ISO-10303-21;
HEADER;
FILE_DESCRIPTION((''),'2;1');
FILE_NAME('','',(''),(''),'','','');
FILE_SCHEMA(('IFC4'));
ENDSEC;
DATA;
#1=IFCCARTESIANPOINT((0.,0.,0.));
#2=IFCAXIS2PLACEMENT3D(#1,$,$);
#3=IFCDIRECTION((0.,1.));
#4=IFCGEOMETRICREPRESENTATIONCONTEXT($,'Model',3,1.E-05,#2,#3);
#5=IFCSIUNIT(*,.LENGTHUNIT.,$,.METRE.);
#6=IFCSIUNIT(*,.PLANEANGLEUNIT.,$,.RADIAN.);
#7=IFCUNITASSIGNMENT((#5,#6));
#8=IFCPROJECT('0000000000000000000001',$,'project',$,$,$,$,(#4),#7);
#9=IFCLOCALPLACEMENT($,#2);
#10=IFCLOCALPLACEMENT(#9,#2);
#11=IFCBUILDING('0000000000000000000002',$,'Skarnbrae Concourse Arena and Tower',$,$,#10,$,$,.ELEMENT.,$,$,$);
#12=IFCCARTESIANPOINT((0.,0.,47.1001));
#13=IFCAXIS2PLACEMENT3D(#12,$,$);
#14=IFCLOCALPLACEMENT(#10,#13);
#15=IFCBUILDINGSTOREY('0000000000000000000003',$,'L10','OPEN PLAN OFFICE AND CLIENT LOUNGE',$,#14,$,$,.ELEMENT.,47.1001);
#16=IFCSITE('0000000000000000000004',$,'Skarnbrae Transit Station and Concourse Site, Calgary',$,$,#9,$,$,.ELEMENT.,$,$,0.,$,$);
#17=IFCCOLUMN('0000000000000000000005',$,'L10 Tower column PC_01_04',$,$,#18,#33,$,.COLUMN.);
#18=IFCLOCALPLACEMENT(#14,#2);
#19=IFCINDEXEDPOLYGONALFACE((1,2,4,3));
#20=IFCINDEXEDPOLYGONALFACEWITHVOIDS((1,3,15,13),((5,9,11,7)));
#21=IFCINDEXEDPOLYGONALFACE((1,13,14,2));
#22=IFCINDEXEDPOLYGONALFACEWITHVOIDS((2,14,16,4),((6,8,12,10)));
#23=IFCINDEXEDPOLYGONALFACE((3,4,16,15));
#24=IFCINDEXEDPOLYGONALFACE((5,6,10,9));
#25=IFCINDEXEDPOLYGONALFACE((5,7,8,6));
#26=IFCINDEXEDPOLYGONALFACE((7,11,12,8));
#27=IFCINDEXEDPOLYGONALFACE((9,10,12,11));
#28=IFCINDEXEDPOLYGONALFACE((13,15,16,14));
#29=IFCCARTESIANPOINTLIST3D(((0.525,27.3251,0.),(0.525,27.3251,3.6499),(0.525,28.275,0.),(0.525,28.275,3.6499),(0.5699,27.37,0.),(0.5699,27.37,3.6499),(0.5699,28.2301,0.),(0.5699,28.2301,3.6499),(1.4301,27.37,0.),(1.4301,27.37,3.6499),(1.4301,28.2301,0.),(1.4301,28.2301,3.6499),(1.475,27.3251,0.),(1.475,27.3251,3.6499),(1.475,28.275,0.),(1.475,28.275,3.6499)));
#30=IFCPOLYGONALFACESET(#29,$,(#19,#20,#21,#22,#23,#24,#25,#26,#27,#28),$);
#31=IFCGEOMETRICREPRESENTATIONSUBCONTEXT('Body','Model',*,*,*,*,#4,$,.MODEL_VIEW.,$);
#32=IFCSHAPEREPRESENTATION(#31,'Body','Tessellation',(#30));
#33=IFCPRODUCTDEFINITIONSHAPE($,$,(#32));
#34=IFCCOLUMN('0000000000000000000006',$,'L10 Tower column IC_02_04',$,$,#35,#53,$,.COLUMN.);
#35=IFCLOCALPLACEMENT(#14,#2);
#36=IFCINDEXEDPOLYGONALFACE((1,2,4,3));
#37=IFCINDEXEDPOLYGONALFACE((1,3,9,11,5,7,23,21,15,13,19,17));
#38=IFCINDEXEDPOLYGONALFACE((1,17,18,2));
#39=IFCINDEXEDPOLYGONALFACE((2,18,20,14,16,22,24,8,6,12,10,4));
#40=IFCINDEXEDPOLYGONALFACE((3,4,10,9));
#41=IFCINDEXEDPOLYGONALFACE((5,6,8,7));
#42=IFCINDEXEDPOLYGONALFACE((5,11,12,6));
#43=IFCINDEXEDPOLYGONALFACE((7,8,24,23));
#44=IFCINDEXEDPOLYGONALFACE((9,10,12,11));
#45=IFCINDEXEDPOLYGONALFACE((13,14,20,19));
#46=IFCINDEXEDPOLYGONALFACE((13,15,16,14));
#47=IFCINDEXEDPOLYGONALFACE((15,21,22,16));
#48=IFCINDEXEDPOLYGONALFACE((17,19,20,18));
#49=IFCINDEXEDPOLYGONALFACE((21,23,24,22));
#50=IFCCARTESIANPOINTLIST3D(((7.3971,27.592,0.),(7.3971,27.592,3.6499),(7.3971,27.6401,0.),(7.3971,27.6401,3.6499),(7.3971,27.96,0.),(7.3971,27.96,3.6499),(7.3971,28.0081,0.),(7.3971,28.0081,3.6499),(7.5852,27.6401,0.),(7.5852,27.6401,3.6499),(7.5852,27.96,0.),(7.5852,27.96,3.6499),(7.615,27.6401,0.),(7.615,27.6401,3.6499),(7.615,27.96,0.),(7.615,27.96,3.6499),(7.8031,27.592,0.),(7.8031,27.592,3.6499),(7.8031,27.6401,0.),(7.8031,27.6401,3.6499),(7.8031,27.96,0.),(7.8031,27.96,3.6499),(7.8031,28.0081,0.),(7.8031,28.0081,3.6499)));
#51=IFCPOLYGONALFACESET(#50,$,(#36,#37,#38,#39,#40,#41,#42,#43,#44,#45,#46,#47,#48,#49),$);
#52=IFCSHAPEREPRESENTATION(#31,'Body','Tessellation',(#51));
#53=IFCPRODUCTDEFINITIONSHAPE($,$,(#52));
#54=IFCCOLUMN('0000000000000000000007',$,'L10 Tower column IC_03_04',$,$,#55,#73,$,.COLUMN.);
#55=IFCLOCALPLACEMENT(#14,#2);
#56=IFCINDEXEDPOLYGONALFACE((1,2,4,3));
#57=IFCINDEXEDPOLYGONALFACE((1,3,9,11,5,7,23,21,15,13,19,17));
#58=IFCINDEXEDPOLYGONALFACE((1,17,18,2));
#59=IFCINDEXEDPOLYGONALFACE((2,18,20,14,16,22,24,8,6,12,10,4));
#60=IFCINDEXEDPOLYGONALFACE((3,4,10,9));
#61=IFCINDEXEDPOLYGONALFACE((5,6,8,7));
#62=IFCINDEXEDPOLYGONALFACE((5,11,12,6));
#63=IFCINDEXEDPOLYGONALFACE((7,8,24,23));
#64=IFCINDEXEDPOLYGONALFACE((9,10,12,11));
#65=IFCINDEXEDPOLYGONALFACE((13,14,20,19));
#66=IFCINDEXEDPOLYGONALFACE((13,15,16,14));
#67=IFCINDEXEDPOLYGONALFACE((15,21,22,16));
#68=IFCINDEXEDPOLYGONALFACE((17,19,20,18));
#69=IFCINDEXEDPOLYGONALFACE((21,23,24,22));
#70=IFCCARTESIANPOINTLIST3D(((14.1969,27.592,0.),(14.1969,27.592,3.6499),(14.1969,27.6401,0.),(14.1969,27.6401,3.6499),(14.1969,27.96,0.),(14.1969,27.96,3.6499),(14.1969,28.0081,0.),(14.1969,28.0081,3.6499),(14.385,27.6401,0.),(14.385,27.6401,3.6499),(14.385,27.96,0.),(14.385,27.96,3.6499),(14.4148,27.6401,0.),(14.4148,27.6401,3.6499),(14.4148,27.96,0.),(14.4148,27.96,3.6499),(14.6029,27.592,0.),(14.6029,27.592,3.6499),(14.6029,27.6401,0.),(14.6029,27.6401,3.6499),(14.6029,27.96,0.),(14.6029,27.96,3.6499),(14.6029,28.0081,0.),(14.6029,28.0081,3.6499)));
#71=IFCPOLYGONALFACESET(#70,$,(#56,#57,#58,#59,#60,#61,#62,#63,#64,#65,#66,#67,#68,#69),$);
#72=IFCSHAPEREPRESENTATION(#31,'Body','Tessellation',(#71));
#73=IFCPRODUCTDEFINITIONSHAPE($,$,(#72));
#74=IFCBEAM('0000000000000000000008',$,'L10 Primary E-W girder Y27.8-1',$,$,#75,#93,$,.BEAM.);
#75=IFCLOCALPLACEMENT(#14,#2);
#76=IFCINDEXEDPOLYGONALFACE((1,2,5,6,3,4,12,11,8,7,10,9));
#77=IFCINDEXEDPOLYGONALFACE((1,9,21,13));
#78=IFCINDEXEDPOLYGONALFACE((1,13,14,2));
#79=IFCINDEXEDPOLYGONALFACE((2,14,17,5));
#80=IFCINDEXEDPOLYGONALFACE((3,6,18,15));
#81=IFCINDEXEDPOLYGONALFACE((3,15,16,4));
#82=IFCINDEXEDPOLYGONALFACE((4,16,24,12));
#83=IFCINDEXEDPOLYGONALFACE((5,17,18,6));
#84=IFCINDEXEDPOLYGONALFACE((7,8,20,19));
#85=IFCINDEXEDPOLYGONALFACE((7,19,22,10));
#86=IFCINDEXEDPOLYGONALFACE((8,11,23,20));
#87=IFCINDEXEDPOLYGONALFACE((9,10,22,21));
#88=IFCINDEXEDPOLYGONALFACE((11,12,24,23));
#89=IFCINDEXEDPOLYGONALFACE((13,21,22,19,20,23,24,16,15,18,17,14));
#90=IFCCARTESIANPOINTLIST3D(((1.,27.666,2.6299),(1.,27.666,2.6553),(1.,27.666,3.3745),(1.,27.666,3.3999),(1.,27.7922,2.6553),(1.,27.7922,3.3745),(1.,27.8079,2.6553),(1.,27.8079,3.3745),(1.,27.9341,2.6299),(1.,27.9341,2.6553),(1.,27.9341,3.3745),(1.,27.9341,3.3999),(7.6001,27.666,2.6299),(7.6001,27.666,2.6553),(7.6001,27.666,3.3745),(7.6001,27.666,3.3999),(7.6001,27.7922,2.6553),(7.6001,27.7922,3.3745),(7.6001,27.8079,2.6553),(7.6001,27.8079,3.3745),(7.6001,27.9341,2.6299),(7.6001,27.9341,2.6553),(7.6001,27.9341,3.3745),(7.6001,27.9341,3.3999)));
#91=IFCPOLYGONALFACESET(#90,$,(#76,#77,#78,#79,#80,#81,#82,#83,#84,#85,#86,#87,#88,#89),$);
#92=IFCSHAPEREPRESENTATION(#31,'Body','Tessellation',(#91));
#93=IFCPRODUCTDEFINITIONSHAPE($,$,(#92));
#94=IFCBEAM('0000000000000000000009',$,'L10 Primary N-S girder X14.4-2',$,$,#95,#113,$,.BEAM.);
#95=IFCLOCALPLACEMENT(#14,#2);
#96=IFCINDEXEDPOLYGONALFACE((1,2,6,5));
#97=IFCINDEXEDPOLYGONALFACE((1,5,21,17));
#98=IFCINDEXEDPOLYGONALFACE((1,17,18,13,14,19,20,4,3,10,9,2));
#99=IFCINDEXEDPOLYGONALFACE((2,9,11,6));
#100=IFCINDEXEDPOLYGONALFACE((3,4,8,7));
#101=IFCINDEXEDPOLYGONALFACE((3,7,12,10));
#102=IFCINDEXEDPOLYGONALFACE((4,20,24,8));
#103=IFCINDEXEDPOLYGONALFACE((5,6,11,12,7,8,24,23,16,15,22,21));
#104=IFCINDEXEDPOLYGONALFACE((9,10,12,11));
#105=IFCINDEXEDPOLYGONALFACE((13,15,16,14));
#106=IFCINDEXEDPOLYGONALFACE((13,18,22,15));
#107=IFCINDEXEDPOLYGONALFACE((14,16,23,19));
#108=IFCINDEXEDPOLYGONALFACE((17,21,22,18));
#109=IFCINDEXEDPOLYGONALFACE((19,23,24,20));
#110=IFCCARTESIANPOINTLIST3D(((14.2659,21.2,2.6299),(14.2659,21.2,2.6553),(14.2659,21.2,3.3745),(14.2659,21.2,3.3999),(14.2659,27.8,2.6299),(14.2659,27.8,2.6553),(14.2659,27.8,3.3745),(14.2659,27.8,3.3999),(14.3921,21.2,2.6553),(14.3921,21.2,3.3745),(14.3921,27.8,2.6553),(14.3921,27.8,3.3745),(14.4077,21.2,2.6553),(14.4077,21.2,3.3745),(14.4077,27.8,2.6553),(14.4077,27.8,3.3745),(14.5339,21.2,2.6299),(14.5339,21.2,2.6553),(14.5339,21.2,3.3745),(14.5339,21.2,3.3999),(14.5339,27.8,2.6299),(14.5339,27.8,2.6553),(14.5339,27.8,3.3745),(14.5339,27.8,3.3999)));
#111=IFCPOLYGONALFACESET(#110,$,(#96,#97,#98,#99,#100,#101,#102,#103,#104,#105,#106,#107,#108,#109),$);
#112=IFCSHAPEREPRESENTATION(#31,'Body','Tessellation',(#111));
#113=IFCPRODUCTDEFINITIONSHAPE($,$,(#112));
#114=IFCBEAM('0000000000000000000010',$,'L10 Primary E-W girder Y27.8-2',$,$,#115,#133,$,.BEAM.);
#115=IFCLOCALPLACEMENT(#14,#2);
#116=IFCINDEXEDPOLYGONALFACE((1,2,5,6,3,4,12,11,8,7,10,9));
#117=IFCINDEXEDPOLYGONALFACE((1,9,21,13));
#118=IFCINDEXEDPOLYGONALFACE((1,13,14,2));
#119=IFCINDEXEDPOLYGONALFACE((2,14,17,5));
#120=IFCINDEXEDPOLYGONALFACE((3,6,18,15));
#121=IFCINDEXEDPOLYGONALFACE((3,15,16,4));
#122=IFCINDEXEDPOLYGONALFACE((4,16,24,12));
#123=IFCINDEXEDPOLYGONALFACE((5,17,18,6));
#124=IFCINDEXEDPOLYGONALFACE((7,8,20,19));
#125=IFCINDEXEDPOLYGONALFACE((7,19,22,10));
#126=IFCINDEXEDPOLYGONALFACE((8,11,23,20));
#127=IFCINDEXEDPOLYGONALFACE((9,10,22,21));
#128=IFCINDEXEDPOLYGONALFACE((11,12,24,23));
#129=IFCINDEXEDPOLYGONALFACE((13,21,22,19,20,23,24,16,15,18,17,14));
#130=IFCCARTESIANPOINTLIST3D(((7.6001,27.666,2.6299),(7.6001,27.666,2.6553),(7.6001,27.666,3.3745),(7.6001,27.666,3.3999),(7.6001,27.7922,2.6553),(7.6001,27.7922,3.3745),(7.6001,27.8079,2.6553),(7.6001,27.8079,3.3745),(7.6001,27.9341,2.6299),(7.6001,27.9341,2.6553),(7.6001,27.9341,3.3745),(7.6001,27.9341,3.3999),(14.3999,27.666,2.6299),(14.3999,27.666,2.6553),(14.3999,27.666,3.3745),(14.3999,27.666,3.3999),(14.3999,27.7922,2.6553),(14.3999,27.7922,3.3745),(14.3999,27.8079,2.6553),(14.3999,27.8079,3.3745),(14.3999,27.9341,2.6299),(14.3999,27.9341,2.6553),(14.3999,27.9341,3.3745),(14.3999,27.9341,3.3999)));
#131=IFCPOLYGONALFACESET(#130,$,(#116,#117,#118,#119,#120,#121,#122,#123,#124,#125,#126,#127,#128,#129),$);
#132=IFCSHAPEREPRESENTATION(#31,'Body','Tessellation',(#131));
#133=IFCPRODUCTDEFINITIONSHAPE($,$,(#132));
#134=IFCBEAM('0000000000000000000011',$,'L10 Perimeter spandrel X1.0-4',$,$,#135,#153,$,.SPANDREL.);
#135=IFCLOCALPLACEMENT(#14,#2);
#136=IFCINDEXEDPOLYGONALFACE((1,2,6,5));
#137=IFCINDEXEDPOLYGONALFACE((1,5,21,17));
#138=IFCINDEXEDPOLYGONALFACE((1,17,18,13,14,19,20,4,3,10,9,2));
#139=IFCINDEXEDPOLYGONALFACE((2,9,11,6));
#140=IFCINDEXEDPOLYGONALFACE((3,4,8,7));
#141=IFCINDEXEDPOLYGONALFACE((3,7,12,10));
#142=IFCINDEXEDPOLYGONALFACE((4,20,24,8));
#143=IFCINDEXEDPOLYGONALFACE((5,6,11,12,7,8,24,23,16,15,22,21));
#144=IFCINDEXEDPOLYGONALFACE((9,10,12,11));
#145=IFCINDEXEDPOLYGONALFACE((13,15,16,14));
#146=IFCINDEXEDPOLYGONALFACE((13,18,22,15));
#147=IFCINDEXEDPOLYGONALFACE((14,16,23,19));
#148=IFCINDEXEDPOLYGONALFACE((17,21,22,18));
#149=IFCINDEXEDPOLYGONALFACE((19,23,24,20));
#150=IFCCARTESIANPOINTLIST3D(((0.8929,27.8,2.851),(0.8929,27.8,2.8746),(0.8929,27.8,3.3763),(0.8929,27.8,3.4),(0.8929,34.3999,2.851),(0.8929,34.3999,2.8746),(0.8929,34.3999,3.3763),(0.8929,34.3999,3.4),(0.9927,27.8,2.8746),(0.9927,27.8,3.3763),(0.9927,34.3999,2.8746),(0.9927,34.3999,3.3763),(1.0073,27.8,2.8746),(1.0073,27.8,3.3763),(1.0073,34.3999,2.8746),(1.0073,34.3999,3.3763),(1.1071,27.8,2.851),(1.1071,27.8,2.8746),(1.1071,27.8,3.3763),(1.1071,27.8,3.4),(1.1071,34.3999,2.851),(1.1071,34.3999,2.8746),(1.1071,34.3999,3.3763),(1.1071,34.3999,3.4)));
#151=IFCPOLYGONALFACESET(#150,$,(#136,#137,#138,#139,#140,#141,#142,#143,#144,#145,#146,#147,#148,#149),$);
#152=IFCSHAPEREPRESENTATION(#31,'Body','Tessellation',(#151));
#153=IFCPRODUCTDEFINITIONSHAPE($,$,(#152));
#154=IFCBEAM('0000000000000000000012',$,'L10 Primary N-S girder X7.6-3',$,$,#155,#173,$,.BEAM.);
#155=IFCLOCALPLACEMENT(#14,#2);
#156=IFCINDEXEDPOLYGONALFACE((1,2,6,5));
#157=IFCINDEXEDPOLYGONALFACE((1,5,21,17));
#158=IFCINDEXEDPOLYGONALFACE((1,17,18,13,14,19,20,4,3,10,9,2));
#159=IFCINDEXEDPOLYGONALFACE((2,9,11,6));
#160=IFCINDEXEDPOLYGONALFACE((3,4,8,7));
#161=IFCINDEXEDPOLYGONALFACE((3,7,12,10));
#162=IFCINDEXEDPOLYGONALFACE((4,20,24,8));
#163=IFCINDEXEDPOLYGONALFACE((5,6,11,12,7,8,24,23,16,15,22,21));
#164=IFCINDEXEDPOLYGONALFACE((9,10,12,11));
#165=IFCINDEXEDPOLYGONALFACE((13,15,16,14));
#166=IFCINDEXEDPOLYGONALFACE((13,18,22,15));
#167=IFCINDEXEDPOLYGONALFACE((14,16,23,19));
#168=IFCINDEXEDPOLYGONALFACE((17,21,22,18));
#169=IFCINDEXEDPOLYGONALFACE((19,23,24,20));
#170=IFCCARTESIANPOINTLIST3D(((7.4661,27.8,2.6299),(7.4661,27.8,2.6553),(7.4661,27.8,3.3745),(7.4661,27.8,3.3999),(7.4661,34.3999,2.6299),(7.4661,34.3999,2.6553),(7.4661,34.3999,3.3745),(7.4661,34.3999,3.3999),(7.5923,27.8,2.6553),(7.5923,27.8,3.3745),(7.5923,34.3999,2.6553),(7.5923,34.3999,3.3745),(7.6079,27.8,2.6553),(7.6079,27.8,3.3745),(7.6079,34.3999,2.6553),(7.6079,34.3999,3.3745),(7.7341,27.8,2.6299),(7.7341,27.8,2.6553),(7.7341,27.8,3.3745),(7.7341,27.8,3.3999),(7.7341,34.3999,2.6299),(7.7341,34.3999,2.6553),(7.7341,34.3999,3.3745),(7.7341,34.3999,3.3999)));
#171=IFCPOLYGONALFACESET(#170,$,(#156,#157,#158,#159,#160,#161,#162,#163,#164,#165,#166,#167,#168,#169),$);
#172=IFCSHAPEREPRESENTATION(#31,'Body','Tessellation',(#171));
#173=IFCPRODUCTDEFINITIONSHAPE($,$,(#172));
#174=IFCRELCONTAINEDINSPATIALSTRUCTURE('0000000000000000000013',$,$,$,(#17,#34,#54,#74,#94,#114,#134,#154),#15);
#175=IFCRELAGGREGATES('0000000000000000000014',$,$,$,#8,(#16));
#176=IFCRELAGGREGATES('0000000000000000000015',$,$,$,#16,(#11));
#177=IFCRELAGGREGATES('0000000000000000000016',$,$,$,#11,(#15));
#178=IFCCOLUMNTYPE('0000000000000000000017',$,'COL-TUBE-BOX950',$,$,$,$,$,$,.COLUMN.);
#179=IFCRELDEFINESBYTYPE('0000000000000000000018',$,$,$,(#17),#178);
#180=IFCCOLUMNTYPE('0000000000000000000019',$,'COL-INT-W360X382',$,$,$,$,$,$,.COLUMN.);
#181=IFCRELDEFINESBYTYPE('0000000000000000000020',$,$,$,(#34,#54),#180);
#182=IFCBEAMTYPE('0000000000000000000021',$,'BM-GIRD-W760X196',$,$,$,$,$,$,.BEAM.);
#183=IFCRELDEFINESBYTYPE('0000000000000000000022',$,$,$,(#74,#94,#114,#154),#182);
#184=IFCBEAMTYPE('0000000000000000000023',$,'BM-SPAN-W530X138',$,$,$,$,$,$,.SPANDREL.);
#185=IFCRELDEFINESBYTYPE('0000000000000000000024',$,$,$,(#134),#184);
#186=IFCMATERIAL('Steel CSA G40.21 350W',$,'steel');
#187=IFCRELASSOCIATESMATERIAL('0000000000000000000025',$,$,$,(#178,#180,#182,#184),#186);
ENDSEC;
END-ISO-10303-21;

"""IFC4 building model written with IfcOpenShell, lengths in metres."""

from ifc_helpers import new_model, si_unit, direction, frame, origin, origin_2d, place, context, subcontext, project, spatial, hollow_rectangle, i_section, extrude, source, transform, mapped, material, material_profile, profile_set, type_object, element, save


model = new_model("IFC4")

# Units and contexts
model_context = context("Model", 3, precision=1e-05, world=origin(), true_north=direction((0.0, 1.0)))
body_context = subcontext(model_context, "Body", "Model", "MODEL_VIEW")
ifc_project = project(units=[si_unit("LENGTHUNIT", "METRE"), si_unit("PLANEANGLEUNIT", "RADIAN")], contexts=[model_context])

# Site, building, storey
site_placement = place(None, origin())
site = spatial("IfcSite", under=ifc_project, at=site_placement, Name="Skarnbrae Transit Station and Concourse Site, Calgary", CompositionType="ELEMENT", RefElevation=0.0)
building_placement = place(site_placement, origin())
building = spatial("IfcBuilding", under=site, at=building_placement, Name="Skarnbrae Concourse Arena and Tower", CompositionType="ELEMENT")
storey_placement = place(building_placement, frame((0.0, 0.0, 47.1001)))
storey = spatial("IfcBuildingStorey", under=building, at=storey_placement, Name="L10", Description="OPEN PLAN OFFICE AND CLIENT LOUNGE", CompositionType="ELEMENT", Elevation=47.1001)

# Columns
ifc_material_1 = material(Name="Steel CSA G40.21 350W", Category="steel")
ifc_material_profile_1 = material_profile(ifc_material_1, hollow_rectangle(XDim=0.95, YDim=0.95, WallThickness=0.0449, at=origin_2d()), Name="BOX950X950X45")
ifc_profile_set_1 = profile_set([ifc_material_profile_1], Name="Steel CSA G40.21 350W")
column_type_1 = type_object("IfcColumnType", Name="COL-TUBE-BOX950", PredefinedType="COLUMN", material=ifc_profile_set_1)
shared_shape_1 = source(origin(), body_context, "Body", "SweptSolid", [
    extrude(hollow_rectangle(XDim=0.95, YDim=0.95, WallThickness=0.0449, at=origin_2d()), origin(), (0.0, 0.0, 1.0), 3.6499),
])
column_placement = place(storey_placement, frame((1.0, 27.8, 0.0), z_axis=(0.0, 0.0, 1.0), x_axis=(1.0, 0.0, 0.0)))
element("IfcColumn", 1, at=column_placement, inside=storey, type_object=column_type_1, Name="L10 Tower column PC_01_04", PredefinedType="COLUMN", context=body_context, shape_type="MappedRepresentation", body=[
    mapped(shared_shape_1, transform((0.0, 0.0, 0.0))),
])
ifc_material_profile_2 = material_profile(ifc_material_1, i_section(OverallWidth=0.406, OverallDepth=0.416, WebThickness=0.0298, FlangeThickness=0.0481, at=origin_2d()), Name="W360X382")
ifc_profile_set_2 = profile_set([ifc_material_profile_2], Name="Steel CSA G40.21 350W")
column_type_2 = type_object("IfcColumnType", Name="COL-INT-W360X382", PredefinedType="COLUMN", material=ifc_profile_set_2)
shared_shape_2 = source(origin(), body_context, "Body", "SweptSolid", [
    extrude(i_section(OverallWidth=0.406, OverallDepth=0.416, WebThickness=0.0298, FlangeThickness=0.0481, at=origin_2d()), origin(), (0.0, 0.0, 1.0), 3.6499),
])
for number, where, z_axis, x_axis, name in (
    (2, (7.6001, 27.8, 0.0), (0.0, 0.0, 1.0), (1.0, 0.0, 0.0), "L10 Tower column IC_02_04"),
    (3, (14.3999, 27.8, 0.0), (0.0, 0.0, 1.0), (1.0, 0.0, 0.0), "L10 Tower column IC_03_04"),
):
    element("IfcColumn", number, at=place(storey_placement, frame(where, z_axis=z_axis, x_axis=x_axis)), inside=storey, type_object=column_type_2, Name=name, PredefinedType="COLUMN", context=body_context, shape_type="MappedRepresentation", body=[
        mapped(shared_shape_2, transform((0.0, 0.0, 0.0))),
    ])

# Beams
ifc_material_profile_3 = material_profile(ifc_material_1, i_section(OverallWidth=0.2681, OverallDepth=0.77, WebThickness=0.0156, FlangeThickness=0.0254, at=origin_2d()), Name="W760X196")
ifc_profile_set_3 = profile_set([ifc_material_profile_3], Name="Steel CSA G40.21 350W")
beam_type_1 = type_object("IfcBeamType", Name="BM-GIRD-W760X196", PredefinedType="BEAM", material=ifc_profile_set_3)
shared_shape_3 = source(origin(), body_context, "Body", "SweptSolid", [
    extrude(i_section(OverallWidth=0.2681, OverallDepth=0.77, WebThickness=0.0156, FlangeThickness=0.0254, at=origin_2d()), origin(), (0.0, 0.0, 1.0), 6.6001),
])
for number, where, z_axis, x_axis, name in (
    (4, (1.0, 27.8, 3.0149), (1.0, 0.0, 0.0), (0.0, 1.0, 0.0), "L10 Primary E-W girder Y27.8-1"),
    (5, (14.3999, 21.2, 3.0149), (0.0, 1.0, 0.0), (-1.0, 0.0, 0.0), "L10 Primary N-S girder X14.4-2"),
):
    element("IfcBeam", number, at=place(storey_placement, frame(where, z_axis=z_axis, x_axis=x_axis)), inside=storey, type_object=beam_type_1, Name=name, PredefinedType="BEAM", context=body_context, shape_type="MappedRepresentation", body=[
        mapped(shared_shape_3, transform((0.0, 0.0, 0.0))),
    ])
shared_shape_4 = source(origin(), body_context, "Body", "SweptSolid", [
    extrude(i_section(OverallWidth=0.2681, OverallDepth=0.77, WebThickness=0.0156, FlangeThickness=0.0254, at=origin_2d()), origin(), (0.0, 0.0, 1.0), 6.7998),
])
beam_1_placement = place(storey_placement, frame((7.6001, 27.8, 3.0149), z_axis=(1.0, 0.0, 0.0), x_axis=(0.0, 1.0, 0.0)))
element("IfcBeam", 6, at=beam_1_placement, inside=storey, type_object=beam_type_1, Name="L10 Primary E-W girder Y27.8-2", PredefinedType="BEAM", context=body_context, shape_type="MappedRepresentation", body=[
    mapped(shared_shape_4, transform((0.0, 0.0, 0.0))),
])
ifc_material_profile_4 = material_profile(ifc_material_1, i_section(OverallWidth=0.2141, OverallDepth=0.5491, WebThickness=0.0146, FlangeThickness=0.0237, at=origin_2d()), Name="W530X138")
ifc_profile_set_4 = profile_set([ifc_material_profile_4], Name="Steel CSA G40.21 350W")
beam_type_2 = type_object("IfcBeamType", Name="BM-SPAN-W530X138", PredefinedType="SPANDREL", material=ifc_profile_set_4)
shared_shape_5 = source(origin(), body_context, "Body", "SweptSolid", [
    extrude(i_section(OverallWidth=0.2141, OverallDepth=0.5491, WebThickness=0.0146, FlangeThickness=0.0237, at=origin_2d()), origin(), (0.0, 0.0, 1.0), 6.5999),
])
beam_2_placement = place(storey_placement, frame((1.0, 27.8, 3.1255), z_axis=(0.0, 1.0, 0.0), x_axis=(-1.0, 0.0, 0.0)))
element("IfcBeam", 7, at=beam_2_placement, inside=storey, type_object=beam_type_2, Name="L10 Perimeter spandrel X1.0-4", PredefinedType="SPANDREL", context=body_context, shape_type="MappedRepresentation", body=[
    mapped(shared_shape_5, transform((0.0, 0.0, 0.0))),
])
shared_shape_6 = source(origin(), body_context, "Body", "SweptSolid", [
    extrude(i_section(OverallWidth=0.2681, OverallDepth=0.77, WebThickness=0.0156, FlangeThickness=0.0254, at=origin_2d()), origin(), (0.0, 0.0, 1.0), 6.5999),
])
beam_3_placement = place(storey_placement, frame((7.6001, 27.8, 3.0149), z_axis=(0.0, 1.0, 0.0), x_axis=(-1.0, 0.0, 0.0)))
element("IfcBeam", 8, at=beam_3_placement, inside=storey, type_object=beam_type_1, Name="L10 Primary N-S girder X7.6-3", PredefinedType="BEAM", context=body_context, shape_type="MappedRepresentation", body=[
    mapped(shared_shape_6, transform((0.0, 0.0, 0.0))),
])

save(model, "model.ifc")
